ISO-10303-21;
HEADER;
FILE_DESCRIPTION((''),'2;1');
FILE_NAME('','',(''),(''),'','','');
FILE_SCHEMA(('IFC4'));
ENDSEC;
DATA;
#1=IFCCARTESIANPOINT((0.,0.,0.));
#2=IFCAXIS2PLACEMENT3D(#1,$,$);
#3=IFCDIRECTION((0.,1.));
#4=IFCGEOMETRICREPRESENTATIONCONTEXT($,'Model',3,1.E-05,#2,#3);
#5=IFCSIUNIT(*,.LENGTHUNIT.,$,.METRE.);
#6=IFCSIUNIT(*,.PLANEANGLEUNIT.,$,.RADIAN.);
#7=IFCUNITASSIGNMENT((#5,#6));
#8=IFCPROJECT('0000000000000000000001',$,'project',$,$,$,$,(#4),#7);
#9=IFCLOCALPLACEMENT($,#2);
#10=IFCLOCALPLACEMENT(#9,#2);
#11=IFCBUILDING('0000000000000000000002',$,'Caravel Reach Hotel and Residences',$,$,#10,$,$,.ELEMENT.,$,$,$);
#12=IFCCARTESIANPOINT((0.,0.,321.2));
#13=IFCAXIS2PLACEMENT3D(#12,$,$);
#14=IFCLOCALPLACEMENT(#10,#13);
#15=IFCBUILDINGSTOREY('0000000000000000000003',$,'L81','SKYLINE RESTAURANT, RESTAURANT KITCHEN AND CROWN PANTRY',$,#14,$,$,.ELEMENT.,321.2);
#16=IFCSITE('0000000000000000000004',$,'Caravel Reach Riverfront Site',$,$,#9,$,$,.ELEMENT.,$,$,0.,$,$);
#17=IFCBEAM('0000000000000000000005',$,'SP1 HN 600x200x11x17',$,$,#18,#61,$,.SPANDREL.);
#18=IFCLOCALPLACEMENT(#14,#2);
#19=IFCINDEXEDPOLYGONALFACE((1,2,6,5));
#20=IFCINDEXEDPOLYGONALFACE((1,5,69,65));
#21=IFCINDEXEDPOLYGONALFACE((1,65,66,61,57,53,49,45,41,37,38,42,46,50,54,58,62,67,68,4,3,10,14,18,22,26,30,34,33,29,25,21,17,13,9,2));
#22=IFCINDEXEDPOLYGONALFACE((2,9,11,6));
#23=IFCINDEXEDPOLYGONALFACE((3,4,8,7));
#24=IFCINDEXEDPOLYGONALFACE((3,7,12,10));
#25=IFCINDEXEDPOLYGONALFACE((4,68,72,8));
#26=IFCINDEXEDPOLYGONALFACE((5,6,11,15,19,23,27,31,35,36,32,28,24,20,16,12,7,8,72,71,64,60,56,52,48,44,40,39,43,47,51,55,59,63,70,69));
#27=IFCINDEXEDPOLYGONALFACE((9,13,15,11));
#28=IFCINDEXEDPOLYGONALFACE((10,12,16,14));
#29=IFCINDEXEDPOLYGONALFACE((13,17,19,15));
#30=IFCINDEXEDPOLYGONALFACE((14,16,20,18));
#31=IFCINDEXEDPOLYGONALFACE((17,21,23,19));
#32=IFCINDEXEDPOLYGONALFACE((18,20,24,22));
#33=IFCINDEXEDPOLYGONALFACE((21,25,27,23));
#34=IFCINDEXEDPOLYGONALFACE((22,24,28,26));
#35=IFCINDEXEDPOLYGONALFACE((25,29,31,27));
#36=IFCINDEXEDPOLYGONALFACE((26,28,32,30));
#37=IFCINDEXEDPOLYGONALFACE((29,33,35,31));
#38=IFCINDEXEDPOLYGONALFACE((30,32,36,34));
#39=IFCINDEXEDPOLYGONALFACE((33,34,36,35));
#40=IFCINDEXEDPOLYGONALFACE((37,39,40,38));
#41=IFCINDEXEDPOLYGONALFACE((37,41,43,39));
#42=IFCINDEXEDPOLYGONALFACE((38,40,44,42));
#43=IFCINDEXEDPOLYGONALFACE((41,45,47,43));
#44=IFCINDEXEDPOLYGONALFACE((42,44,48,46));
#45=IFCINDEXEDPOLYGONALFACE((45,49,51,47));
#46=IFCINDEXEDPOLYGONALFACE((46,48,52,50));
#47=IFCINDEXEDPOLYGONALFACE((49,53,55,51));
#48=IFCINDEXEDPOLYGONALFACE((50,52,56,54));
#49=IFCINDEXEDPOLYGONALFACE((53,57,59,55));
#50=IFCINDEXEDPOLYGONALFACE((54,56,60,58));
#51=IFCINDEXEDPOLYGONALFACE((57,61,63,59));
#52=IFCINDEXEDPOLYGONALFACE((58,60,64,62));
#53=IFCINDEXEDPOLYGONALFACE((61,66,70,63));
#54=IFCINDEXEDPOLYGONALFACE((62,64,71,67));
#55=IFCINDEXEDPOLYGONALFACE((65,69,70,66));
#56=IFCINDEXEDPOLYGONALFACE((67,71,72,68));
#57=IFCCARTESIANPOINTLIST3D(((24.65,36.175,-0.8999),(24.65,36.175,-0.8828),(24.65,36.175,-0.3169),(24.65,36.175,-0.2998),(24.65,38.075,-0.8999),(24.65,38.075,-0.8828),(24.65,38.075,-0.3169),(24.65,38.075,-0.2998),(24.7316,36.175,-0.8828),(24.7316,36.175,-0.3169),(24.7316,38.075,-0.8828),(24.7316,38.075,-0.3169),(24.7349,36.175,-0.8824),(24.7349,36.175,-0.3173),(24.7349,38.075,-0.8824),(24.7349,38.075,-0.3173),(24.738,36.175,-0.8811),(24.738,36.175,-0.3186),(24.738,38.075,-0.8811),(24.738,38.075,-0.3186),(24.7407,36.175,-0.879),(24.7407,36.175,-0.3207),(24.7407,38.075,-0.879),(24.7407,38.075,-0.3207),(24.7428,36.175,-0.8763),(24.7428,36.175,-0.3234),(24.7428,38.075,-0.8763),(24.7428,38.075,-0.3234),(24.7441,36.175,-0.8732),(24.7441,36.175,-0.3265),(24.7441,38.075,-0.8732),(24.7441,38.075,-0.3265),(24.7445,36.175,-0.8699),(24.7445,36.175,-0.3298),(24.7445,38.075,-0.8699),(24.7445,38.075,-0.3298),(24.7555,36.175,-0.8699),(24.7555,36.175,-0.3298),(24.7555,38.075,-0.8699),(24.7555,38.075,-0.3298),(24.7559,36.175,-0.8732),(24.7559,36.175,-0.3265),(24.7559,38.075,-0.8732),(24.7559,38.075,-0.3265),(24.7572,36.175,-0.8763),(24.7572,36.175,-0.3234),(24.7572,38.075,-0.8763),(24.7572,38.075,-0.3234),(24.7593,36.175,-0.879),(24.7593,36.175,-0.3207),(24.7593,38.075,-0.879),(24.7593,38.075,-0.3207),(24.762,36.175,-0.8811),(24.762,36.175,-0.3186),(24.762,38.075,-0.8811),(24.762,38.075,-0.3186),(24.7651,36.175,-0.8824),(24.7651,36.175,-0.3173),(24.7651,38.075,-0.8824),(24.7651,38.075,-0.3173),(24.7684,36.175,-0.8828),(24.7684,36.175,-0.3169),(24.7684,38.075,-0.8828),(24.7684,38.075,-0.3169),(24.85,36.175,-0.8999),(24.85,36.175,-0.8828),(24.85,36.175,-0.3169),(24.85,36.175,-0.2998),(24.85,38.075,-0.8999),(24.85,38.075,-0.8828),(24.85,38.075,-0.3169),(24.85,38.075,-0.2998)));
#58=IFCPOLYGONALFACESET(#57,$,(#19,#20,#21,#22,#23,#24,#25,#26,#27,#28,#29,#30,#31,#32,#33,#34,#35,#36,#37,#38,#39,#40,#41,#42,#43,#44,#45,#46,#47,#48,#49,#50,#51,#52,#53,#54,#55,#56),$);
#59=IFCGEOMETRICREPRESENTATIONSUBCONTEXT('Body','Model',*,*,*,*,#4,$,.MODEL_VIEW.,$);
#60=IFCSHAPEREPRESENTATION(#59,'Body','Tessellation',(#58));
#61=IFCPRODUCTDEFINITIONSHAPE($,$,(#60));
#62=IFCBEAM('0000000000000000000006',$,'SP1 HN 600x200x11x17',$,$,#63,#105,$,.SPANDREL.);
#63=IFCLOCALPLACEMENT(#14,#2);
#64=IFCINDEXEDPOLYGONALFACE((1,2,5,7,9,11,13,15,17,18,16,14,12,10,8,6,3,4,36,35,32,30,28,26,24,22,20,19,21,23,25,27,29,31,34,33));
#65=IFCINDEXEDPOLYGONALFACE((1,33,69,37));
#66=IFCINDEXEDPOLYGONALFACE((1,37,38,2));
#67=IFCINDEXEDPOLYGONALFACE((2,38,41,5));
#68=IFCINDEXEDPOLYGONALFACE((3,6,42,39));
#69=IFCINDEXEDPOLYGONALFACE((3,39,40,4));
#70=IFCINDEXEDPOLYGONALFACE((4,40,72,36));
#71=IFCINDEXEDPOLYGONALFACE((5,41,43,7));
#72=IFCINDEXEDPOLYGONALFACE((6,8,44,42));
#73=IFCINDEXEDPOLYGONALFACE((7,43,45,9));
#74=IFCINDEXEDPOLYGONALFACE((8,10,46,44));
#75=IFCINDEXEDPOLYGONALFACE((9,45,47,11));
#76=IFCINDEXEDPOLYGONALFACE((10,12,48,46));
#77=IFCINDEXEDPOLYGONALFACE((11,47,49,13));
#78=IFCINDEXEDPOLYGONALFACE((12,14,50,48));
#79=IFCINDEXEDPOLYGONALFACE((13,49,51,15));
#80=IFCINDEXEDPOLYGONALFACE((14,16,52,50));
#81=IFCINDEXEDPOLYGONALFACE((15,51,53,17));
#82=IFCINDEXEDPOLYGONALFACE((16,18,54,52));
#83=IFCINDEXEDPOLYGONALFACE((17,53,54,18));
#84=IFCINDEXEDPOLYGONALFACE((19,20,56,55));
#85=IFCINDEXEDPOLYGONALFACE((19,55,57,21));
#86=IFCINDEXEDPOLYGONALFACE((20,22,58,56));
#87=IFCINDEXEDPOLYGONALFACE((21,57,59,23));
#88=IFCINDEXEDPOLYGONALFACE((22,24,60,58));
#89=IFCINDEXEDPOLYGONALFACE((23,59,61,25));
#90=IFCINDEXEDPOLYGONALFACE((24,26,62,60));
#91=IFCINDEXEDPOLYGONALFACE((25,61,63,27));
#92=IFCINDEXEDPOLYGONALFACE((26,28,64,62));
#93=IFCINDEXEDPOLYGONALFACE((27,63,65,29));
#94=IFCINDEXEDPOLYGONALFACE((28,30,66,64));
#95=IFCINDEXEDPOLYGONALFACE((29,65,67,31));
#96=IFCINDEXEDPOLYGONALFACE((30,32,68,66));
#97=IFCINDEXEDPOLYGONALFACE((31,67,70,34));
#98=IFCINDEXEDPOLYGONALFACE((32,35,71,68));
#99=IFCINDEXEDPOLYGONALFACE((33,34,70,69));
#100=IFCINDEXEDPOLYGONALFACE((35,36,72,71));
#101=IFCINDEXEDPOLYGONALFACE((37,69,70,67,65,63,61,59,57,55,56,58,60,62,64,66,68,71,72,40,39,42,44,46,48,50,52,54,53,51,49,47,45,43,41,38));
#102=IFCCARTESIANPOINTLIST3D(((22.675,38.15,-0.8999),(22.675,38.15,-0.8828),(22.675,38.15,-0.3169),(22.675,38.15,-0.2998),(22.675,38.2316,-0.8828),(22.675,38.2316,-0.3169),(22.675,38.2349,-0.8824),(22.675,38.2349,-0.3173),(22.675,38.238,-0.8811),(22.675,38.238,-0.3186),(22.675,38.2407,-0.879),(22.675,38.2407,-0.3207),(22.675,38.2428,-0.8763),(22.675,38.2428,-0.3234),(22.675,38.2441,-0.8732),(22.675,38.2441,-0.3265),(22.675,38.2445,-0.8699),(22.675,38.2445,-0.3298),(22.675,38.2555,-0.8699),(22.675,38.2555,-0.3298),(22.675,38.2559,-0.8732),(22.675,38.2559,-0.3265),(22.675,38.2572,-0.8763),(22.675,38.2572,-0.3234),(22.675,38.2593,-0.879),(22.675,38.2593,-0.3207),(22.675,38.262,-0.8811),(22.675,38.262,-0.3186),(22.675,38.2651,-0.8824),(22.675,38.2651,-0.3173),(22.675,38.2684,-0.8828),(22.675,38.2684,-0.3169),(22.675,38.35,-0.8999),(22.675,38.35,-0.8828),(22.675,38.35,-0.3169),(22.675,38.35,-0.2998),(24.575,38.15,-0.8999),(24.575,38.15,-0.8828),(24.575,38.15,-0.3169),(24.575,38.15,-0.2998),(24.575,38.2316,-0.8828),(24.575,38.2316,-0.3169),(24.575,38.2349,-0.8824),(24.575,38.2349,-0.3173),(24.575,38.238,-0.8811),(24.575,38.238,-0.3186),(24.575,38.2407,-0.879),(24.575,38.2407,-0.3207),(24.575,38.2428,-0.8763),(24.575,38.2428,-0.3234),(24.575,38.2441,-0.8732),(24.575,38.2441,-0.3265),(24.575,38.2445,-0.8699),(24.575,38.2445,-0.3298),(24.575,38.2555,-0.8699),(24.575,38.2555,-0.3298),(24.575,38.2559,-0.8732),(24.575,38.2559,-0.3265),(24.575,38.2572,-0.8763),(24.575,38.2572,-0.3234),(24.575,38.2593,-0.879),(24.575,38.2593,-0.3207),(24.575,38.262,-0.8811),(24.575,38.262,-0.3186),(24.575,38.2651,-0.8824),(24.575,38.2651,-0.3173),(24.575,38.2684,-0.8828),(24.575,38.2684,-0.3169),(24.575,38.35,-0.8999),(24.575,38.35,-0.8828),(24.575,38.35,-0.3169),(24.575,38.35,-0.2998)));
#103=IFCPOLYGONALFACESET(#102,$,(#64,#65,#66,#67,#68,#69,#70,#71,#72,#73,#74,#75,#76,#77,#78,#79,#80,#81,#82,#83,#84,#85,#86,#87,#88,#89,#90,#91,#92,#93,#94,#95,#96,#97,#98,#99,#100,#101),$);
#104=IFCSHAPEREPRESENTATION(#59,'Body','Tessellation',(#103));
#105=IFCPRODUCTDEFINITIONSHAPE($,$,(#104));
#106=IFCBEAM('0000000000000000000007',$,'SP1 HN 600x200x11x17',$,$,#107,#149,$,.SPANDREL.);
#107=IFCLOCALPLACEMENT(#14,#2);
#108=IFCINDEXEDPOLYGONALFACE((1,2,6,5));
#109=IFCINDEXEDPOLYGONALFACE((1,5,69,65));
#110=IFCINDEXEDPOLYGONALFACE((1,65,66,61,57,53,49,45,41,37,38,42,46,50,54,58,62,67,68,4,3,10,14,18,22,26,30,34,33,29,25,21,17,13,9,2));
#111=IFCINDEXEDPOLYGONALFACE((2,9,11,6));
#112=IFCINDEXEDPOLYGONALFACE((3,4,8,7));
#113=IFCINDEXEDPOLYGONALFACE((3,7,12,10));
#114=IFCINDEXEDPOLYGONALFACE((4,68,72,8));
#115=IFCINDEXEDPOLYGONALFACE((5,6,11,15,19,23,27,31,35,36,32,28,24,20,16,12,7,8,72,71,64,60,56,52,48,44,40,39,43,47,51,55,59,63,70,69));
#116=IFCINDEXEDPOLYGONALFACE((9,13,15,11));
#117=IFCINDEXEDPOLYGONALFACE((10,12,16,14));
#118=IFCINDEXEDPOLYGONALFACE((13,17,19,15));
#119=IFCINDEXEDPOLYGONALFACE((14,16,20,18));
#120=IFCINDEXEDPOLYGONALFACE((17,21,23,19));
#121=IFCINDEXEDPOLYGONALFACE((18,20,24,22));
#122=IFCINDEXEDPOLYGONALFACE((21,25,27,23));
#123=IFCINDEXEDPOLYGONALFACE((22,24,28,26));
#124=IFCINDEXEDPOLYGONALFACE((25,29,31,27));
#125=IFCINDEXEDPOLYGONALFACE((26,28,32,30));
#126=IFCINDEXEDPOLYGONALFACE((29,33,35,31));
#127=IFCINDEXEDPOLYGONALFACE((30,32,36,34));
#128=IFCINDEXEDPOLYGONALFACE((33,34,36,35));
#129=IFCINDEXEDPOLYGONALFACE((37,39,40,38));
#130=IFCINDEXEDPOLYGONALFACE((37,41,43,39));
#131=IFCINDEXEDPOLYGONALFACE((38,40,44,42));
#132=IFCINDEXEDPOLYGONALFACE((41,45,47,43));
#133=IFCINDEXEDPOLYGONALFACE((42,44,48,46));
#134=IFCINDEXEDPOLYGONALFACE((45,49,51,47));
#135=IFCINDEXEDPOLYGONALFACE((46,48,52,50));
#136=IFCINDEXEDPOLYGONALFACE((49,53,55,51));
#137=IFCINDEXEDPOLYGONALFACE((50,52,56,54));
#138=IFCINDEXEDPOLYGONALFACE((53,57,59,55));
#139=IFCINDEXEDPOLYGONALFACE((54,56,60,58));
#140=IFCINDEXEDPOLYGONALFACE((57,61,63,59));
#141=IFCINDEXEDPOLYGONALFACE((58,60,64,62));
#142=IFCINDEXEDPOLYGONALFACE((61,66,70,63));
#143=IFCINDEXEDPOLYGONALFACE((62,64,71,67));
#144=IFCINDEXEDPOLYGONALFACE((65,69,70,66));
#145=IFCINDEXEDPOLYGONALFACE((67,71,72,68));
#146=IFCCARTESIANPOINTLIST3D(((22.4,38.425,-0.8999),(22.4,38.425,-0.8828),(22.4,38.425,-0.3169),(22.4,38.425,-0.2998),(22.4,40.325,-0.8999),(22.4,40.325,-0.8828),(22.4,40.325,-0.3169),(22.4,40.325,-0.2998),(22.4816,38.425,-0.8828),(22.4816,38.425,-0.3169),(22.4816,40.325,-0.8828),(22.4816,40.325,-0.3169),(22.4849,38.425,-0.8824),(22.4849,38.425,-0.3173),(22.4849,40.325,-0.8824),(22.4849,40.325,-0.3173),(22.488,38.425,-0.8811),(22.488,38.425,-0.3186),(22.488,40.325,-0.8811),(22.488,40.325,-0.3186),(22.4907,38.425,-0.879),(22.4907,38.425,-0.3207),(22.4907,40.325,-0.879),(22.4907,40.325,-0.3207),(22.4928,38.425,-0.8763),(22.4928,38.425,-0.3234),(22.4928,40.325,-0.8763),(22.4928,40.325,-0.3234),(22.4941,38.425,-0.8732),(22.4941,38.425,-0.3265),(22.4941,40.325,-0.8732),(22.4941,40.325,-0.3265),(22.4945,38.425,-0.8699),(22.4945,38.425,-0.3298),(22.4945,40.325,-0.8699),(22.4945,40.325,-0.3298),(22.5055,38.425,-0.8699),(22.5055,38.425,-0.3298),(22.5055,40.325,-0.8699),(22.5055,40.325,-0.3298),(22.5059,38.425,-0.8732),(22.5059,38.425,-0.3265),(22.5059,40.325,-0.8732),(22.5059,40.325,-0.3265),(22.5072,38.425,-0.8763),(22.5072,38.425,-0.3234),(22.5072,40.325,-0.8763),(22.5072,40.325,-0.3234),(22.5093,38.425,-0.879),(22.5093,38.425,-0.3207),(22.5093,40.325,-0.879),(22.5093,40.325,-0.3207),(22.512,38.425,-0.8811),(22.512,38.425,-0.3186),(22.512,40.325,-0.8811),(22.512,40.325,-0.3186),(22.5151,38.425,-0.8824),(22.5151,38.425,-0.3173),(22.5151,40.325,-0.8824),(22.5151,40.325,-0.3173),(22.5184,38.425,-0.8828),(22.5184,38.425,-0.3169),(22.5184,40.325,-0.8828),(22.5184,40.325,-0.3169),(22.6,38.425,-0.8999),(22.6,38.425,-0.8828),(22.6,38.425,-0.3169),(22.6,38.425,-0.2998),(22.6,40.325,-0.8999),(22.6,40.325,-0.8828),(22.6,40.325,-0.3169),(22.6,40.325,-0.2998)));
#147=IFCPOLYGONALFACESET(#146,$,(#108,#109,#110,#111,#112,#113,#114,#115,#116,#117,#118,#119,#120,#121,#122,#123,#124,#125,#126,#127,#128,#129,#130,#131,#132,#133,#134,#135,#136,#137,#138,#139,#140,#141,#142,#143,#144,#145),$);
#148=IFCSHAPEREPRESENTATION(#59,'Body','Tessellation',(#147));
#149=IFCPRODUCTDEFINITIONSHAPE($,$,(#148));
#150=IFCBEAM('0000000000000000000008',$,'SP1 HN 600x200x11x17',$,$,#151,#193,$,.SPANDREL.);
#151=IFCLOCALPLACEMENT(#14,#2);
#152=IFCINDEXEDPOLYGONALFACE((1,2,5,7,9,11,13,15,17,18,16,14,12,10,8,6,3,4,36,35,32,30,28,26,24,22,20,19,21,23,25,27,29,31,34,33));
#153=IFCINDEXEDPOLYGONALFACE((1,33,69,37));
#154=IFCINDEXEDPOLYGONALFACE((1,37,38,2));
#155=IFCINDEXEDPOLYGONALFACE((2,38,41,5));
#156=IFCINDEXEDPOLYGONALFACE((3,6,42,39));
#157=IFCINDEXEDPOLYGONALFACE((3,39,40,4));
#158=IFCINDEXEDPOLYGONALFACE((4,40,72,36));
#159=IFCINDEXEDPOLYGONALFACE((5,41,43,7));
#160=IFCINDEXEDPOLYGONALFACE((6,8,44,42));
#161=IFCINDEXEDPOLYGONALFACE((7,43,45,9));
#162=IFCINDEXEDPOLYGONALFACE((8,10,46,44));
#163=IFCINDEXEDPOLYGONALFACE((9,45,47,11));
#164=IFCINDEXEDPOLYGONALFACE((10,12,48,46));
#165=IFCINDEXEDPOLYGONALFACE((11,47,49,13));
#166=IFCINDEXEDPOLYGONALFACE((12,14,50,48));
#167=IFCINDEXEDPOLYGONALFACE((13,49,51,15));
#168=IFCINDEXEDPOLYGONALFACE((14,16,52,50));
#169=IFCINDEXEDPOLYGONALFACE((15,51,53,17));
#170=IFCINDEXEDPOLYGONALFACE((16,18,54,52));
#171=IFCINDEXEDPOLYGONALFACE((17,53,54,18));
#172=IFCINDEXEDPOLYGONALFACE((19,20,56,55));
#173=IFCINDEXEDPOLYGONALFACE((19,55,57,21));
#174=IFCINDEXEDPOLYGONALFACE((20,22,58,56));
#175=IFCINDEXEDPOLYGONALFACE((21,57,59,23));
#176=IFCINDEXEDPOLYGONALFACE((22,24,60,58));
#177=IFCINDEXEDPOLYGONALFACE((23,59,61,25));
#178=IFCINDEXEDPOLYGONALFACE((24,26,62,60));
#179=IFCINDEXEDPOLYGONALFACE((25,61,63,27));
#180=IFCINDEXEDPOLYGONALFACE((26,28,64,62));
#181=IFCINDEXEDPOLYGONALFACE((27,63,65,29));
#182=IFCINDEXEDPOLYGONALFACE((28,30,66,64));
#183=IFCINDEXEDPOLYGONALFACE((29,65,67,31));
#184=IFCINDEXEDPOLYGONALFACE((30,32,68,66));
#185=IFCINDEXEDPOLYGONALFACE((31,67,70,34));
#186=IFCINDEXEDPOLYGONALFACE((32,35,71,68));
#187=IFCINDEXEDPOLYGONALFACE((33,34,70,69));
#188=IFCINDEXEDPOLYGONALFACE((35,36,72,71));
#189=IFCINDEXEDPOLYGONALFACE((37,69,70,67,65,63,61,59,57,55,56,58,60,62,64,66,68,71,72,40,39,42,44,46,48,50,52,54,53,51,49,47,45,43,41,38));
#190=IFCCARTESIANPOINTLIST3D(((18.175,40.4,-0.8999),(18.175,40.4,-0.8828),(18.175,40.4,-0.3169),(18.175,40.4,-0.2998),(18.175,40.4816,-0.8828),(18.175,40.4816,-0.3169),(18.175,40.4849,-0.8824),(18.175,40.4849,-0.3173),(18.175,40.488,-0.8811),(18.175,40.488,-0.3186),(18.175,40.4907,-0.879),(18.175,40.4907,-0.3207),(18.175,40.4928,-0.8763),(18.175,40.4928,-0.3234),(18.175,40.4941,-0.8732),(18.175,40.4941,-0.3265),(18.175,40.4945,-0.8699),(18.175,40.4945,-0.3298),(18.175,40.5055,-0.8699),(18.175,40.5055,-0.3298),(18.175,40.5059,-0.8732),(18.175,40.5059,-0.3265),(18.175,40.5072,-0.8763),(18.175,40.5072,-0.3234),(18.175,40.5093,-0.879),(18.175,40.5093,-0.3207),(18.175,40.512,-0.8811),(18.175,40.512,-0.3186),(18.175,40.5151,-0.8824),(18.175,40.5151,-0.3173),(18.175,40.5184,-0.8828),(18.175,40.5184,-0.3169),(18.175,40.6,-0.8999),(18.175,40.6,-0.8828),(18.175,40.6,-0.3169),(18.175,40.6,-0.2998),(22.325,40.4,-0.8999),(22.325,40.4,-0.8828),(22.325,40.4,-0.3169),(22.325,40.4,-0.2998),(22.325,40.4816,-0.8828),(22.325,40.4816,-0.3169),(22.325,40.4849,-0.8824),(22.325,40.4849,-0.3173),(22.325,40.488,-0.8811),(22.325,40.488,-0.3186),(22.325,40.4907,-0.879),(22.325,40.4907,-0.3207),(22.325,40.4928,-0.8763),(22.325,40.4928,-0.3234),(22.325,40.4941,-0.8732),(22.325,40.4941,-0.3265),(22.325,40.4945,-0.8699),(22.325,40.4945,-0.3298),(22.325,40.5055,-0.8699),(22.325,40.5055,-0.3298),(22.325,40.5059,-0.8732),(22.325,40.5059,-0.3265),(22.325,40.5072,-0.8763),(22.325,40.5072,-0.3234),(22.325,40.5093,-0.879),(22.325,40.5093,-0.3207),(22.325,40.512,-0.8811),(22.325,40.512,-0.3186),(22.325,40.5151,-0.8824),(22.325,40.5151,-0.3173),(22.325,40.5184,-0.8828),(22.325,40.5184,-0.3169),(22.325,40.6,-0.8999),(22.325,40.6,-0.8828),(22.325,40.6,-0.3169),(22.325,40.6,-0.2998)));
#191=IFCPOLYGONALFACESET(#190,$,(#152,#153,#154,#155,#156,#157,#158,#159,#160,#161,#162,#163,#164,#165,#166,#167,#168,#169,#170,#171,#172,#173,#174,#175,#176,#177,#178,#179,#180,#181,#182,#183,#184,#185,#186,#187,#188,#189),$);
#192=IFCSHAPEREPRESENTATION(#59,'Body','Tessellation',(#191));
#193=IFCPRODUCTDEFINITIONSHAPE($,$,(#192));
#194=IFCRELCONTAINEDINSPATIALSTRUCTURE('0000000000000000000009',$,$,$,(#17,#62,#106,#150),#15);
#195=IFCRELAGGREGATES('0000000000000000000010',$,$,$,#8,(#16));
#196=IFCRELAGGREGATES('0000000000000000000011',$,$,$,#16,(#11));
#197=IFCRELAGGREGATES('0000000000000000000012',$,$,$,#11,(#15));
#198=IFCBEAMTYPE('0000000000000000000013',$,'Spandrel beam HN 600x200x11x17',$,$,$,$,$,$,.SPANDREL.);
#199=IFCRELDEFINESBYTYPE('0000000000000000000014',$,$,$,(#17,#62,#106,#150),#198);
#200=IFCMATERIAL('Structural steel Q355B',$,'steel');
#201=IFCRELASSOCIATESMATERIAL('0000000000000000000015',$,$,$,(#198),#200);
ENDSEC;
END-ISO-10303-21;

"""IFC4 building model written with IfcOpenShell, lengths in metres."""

from ifc_helpers import new_model, si_unit, direction, frame, origin, origin_2d, place, context, subcontext, project, spatial, i_section, extrude, material, material_profile, profile_set, type_object, element, save


model = new_model("IFC4")

# Units and contexts
model_context = context("Model", 3, precision=1e-05, world=origin(), true_north=direction((0.0, 1.0)))
body_context = subcontext(model_context, "Body", "Model", "MODEL_VIEW")
ifc_project = project(units=[si_unit("LENGTHUNIT", "METRE"), si_unit("PLANEANGLEUNIT", "RADIAN")], contexts=[model_context])

# Site, building, storey
site_placement = place(None, origin())
site = spatial("IfcSite", under=ifc_project, at=site_placement, Name="Caravel Reach Riverfront Site", CompositionType="ELEMENT", RefElevation=0.0)
building_placement = place(site_placement, origin())
building = spatial("IfcBuilding", under=site, at=building_placement, Name="Caravel Reach Hotel and Residences", CompositionType="ELEMENT")
storey_placement = place(building_placement, frame((0.0, 0.0, 321.2)))
storey = spatial("IfcBuildingStorey", under=building, at=storey_placement, Name="L81", Description="SKYLINE RESTAURANT, RESTAURANT KITCHEN AND CROWN PANTRY", CompositionType="ELEMENT", Elevation=321.2)

# Beams
ifc_material_1 = material(Name="Structural steel Q355B", Category="steel")
ifc_material_profile_1 = material_profile(ifc_material_1, i_section(OverallWidth=0.2, OverallDepth=0.6001, WebThickness=0.011, FlangeThickness=0.0171, FilletRadius=0.0129, at=origin_2d()), Name="HN 600x200x11x17")
ifc_profile_set_1 = profile_set([ifc_material_profile_1], Name="Structural steel Q355B")
beam_type_1 = type_object("IfcBeamType", Name="Spandrel beam HN 600x200x11x17", PredefinedType="SPANDREL", material=ifc_profile_set_1)
for number, where, z_axis, x_axis, name in (
    (1, (24.75, 36.175, -0.5999), (0.0, 1.0, 0.0), (-1.0, 0.0, 0.0), "SP1 HN 600x200x11x17"),
    (2, (24.575, 38.25, -0.5999), (-1.0, 0.0, 0.0), (0.0, -1.0, 0.0), "SP1 HN 600x200x11x17"),
    (3, (22.5, 38.425, -0.5999), (0.0, 1.0, 0.0), (-1.0, 0.0, 0.0), "SP1 HN 600x200x11x17"),
):
    element("IfcBeam", number, at=place(storey_placement, frame(where, z_axis=z_axis, x_axis=x_axis)), inside=storey, type_object=beam_type_1, Name=name, PredefinedType="SPANDREL", context=body_context, shape_type="SweptSolid", body=[
        extrude(i_section(OverallWidth=0.2, OverallDepth=0.6001, WebThickness=0.011, FlangeThickness=0.0171, FilletRadius=0.0129, at=origin_2d()), origin(), (0.0, 0.0, 1.0), 1.8999),
    ])
beam_1_placement = place(storey_placement, frame((22.325, 40.5, -0.5999), z_axis=(-1.0, 0.0, 0.0), x_axis=(0.0, -1.0, 0.0)))
element("IfcBeam", 4, at=beam_1_placement, inside=storey, type_object=beam_type_1, Name="SP1 HN 600x200x11x17", PredefinedType="SPANDREL", context=body_context, shape_type="SweptSolid", body=[
    extrude(i_section(OverallWidth=0.2, OverallDepth=0.6001, WebThickness=0.011, FlangeThickness=0.0171, FilletRadius=0.0129, at=origin_2d()), origin(), (0.0, 0.0, 1.0), 4.1499),
])

save(model, "model.ifc")
